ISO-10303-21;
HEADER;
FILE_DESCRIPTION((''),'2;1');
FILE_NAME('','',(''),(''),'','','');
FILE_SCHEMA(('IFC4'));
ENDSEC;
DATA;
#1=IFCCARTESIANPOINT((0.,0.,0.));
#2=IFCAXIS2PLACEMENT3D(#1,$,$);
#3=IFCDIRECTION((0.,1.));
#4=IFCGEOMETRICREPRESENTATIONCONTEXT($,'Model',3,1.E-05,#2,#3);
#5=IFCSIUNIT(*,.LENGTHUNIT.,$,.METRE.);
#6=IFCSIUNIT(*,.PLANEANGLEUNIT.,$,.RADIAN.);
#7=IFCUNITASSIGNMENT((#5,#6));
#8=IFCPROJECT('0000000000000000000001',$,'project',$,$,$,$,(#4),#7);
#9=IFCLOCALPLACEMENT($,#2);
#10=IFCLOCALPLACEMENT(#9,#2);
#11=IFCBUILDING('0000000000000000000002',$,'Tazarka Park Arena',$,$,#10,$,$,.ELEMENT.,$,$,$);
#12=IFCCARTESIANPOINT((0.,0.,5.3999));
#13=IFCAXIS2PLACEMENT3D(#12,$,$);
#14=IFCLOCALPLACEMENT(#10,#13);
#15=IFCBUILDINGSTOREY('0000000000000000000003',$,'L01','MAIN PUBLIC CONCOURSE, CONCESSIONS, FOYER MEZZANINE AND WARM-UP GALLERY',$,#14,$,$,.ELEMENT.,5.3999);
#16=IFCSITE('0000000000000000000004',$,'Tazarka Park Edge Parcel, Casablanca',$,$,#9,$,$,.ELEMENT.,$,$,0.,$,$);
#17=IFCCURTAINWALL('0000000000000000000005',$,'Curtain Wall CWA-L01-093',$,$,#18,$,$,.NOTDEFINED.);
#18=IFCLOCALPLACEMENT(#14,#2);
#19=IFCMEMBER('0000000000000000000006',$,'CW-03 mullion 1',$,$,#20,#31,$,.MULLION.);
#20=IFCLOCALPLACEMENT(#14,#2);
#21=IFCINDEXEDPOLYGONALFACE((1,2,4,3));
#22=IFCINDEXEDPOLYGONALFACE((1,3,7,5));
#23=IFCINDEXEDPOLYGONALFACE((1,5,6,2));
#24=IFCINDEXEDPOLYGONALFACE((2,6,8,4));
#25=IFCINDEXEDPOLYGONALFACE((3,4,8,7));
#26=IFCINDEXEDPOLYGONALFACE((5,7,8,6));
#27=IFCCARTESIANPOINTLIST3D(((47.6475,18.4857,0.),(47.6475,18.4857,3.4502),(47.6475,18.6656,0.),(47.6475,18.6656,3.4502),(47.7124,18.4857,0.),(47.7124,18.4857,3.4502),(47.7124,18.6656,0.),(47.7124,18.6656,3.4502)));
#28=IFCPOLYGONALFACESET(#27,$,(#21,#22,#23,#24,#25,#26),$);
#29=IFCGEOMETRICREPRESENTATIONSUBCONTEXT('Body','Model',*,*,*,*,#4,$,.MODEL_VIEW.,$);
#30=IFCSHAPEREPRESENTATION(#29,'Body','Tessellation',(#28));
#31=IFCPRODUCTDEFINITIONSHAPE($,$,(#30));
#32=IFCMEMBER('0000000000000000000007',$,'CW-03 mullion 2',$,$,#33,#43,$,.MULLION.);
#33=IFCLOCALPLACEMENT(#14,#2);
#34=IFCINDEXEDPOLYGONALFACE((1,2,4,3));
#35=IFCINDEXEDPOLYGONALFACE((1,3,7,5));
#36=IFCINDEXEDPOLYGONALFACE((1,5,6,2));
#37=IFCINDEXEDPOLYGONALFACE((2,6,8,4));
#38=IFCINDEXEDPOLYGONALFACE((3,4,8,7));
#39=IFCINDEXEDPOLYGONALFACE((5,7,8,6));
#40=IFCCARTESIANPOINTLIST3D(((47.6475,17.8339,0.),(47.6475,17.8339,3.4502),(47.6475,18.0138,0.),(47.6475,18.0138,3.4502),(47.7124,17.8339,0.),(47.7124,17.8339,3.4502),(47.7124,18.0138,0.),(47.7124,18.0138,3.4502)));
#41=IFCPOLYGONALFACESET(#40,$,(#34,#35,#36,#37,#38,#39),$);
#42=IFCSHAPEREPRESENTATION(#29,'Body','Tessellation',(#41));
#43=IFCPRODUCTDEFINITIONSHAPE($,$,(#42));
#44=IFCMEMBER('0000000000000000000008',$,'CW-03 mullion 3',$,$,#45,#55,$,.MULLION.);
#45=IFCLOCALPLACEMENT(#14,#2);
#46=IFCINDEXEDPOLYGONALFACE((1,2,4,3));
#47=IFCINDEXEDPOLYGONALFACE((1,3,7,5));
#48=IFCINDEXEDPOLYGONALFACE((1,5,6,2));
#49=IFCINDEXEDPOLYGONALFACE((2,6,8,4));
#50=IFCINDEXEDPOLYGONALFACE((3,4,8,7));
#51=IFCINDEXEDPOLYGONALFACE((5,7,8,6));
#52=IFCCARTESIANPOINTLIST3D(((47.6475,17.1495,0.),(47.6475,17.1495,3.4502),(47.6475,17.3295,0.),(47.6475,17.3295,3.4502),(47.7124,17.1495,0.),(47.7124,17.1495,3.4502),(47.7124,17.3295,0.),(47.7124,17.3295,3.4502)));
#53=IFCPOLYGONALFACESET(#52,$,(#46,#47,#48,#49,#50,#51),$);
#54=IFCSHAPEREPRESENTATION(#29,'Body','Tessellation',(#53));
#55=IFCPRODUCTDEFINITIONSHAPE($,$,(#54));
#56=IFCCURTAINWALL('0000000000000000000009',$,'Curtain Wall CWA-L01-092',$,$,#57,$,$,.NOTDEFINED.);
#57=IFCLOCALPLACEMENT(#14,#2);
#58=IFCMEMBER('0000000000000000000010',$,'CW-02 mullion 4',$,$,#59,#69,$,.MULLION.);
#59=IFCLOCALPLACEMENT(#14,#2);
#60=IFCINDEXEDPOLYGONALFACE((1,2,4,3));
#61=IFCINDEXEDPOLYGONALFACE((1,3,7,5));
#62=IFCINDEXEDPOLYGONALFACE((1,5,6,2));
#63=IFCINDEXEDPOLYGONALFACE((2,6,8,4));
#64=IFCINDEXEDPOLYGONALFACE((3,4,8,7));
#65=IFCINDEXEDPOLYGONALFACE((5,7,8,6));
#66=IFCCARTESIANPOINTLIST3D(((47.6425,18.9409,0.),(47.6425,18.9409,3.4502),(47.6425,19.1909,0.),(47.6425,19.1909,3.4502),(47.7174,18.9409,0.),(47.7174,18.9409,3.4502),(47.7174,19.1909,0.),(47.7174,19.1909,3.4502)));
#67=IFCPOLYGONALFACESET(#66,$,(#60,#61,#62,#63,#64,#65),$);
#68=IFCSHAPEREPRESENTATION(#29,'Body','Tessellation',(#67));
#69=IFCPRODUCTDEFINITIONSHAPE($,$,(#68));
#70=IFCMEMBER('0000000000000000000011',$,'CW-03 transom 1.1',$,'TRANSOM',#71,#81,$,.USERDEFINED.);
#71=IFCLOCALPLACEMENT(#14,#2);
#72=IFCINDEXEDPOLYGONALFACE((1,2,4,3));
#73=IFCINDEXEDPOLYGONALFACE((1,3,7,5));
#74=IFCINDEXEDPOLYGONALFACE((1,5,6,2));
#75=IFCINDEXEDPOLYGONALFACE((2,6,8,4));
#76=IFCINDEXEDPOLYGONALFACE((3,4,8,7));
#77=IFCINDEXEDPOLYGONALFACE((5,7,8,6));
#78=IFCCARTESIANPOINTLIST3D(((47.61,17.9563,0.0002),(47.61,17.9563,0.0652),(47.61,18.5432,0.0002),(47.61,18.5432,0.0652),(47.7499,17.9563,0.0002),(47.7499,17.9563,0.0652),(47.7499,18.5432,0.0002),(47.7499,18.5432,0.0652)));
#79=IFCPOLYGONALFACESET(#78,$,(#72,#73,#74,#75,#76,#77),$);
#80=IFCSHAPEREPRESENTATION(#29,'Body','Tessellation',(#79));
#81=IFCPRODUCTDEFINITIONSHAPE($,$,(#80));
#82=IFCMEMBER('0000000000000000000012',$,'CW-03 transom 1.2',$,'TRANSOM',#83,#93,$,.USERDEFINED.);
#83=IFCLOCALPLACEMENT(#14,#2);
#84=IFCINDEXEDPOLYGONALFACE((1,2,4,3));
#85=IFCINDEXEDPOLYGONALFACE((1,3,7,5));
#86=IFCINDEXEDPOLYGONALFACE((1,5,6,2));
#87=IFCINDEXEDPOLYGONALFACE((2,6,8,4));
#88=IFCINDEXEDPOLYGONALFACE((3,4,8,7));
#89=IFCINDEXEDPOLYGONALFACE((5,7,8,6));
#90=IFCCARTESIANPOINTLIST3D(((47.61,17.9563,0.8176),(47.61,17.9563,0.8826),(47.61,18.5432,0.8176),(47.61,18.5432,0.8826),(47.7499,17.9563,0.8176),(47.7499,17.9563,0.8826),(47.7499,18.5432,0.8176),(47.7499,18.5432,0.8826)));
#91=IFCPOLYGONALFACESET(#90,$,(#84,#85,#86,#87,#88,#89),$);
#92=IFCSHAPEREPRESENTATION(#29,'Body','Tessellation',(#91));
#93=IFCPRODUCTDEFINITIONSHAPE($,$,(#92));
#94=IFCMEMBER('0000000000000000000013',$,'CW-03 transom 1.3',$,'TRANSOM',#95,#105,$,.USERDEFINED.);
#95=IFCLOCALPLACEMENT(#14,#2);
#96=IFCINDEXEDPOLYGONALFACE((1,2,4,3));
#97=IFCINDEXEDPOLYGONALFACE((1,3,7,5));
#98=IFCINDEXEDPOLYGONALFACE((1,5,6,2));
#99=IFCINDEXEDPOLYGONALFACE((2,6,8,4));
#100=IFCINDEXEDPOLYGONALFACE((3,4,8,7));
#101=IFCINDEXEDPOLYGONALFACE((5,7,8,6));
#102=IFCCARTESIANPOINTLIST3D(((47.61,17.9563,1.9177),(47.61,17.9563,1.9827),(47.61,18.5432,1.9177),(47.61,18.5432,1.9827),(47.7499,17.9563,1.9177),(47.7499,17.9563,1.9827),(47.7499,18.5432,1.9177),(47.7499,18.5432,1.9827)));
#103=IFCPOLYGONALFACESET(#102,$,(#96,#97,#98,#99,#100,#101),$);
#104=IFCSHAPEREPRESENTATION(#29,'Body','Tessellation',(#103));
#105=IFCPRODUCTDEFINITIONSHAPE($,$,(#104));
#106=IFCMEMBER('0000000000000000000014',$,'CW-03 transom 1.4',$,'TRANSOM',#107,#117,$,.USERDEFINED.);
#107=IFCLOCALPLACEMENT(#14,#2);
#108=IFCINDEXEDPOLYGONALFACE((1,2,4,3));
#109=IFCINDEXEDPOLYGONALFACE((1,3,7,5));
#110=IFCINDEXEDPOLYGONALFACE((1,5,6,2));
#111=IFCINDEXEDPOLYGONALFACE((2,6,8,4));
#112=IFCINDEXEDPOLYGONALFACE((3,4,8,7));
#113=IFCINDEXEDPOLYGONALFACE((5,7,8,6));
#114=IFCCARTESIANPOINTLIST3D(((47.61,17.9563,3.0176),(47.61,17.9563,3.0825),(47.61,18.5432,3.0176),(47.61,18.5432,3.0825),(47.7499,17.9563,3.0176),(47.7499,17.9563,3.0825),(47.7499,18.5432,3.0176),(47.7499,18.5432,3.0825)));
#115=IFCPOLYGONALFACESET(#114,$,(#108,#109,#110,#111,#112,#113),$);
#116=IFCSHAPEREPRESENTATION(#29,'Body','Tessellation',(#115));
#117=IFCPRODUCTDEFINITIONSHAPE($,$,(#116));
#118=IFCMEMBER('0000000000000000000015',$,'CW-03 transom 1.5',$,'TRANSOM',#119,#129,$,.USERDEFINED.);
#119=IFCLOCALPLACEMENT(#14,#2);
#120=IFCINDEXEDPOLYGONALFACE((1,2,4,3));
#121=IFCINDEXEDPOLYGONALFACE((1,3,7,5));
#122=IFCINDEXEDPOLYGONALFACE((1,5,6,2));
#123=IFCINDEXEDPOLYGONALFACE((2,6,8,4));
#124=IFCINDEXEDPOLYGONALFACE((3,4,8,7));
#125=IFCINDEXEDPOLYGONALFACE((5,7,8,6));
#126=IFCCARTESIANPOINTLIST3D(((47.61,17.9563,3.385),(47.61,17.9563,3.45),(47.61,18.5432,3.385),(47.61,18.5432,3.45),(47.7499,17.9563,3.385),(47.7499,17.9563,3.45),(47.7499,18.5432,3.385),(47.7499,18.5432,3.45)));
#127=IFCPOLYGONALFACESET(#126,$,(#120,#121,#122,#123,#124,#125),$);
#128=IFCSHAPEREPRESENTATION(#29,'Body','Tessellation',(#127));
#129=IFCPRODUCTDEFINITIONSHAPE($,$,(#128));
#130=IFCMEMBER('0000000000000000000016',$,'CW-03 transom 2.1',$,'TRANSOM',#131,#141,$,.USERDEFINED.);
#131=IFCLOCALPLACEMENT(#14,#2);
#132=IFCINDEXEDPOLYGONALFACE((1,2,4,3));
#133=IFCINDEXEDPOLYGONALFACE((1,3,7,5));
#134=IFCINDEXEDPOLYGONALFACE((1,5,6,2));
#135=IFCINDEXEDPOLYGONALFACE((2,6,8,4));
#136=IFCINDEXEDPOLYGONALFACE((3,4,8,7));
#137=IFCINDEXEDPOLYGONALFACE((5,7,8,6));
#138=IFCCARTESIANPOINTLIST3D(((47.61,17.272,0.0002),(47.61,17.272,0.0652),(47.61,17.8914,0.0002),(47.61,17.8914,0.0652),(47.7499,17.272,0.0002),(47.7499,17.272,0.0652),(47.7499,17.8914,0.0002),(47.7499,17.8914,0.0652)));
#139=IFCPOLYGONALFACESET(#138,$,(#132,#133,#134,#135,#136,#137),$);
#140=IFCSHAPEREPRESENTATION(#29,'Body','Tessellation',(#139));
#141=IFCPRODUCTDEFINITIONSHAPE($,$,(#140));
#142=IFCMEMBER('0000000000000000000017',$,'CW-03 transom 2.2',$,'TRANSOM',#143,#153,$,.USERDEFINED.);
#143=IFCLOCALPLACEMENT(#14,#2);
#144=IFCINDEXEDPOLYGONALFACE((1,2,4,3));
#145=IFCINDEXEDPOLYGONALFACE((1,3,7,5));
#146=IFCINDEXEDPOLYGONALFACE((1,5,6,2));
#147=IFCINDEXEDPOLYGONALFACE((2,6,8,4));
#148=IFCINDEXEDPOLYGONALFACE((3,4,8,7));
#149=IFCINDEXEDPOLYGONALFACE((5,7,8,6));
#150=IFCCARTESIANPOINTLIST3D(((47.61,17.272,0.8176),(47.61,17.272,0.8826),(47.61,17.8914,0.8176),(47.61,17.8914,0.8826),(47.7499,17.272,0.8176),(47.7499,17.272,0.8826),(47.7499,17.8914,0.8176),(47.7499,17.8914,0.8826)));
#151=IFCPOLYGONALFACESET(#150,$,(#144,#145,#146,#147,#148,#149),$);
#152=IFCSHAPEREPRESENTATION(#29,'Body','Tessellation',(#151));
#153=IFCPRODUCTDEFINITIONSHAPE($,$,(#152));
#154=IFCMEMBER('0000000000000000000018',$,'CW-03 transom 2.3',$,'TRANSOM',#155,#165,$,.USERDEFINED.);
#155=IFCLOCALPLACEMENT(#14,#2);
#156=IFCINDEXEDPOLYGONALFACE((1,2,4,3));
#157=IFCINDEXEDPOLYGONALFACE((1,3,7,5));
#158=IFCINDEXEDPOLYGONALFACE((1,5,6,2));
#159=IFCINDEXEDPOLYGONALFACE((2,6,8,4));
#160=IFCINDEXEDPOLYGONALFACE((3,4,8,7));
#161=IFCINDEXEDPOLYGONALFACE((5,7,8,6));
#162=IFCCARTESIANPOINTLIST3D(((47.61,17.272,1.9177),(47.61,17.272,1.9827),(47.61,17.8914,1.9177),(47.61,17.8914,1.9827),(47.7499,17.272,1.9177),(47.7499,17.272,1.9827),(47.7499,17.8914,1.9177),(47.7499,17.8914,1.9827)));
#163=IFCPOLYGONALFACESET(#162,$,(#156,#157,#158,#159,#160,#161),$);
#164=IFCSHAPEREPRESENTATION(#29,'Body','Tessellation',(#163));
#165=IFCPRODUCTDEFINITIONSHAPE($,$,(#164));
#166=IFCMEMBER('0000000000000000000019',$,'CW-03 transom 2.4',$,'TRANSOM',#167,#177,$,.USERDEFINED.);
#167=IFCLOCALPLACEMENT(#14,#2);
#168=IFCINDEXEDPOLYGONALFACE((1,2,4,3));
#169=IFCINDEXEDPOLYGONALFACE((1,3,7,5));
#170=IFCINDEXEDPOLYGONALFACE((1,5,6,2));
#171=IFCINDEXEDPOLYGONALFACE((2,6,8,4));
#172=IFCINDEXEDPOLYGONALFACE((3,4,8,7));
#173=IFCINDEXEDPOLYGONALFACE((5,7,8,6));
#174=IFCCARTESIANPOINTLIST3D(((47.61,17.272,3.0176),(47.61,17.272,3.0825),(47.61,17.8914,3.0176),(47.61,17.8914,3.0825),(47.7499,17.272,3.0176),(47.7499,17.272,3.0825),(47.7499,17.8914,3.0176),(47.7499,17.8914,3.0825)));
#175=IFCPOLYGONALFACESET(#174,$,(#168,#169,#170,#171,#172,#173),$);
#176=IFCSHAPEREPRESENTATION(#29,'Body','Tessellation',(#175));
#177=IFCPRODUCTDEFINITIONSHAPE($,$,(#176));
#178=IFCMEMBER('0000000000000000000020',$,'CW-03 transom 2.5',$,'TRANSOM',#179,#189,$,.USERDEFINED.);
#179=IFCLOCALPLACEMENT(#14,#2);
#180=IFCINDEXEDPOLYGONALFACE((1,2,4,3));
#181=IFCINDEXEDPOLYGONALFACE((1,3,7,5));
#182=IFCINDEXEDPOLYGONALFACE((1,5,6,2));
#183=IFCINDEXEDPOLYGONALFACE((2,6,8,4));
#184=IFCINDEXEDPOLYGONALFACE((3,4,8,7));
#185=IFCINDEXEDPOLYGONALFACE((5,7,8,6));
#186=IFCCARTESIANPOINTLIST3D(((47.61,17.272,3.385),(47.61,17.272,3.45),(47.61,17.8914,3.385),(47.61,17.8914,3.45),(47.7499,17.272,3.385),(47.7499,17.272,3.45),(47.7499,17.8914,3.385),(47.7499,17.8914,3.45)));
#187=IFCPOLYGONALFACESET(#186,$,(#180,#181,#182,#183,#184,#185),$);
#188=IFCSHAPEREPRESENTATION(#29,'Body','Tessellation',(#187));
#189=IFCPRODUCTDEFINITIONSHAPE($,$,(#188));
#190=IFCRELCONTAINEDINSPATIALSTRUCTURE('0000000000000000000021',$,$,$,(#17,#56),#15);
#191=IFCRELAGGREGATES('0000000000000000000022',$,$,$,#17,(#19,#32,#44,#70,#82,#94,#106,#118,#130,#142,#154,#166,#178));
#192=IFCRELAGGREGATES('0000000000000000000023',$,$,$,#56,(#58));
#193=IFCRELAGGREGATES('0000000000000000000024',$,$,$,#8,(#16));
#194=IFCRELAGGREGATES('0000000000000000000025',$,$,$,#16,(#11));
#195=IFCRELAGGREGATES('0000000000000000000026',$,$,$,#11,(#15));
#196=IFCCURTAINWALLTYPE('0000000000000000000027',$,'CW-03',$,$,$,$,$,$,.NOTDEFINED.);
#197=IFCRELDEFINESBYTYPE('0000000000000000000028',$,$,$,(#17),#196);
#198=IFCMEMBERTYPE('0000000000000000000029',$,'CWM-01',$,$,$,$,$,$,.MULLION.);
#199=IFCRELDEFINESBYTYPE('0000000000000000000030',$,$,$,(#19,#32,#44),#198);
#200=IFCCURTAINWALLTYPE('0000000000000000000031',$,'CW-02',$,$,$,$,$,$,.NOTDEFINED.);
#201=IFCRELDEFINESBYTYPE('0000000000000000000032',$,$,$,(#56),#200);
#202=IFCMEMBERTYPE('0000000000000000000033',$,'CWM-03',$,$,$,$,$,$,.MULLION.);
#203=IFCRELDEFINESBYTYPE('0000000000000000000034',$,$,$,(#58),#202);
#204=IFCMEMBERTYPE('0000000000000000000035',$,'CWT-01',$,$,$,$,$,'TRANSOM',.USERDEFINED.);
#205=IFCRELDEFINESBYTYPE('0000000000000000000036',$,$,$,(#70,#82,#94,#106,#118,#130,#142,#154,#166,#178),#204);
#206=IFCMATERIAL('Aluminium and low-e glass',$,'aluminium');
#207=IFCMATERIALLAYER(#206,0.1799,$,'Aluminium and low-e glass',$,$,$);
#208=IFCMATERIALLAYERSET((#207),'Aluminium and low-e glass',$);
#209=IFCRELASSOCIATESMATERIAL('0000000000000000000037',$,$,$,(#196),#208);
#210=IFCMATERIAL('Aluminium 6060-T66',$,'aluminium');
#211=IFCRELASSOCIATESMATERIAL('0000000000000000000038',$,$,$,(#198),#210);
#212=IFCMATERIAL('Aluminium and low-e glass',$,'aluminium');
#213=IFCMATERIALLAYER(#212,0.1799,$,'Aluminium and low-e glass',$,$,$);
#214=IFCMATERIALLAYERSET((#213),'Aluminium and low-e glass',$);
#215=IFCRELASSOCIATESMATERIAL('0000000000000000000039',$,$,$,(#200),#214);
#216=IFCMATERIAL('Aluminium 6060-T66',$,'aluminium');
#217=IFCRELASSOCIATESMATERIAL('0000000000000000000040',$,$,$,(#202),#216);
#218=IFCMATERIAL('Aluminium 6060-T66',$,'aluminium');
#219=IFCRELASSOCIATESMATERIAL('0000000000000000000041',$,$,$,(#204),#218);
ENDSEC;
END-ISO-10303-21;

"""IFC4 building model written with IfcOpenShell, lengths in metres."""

from ifc_helpers import new_model, si_unit, direction, frame, origin, origin_2d, place, context, subcontext, project, spatial, rectangle, extrude, material, layer, layer_set, material_profile, profile_set, type_object, element, aggregate, save


model = new_model("IFC4")

# Units and contexts
model_context = context("Model", 3, precision=1e-05, world=origin(), true_north=direction((0.0, 1.0)))
body_context = subcontext(model_context, "Body", "Model", "MODEL_VIEW")
ifc_project = project(units=[si_unit("LENGTHUNIT", "METRE"), si_unit("PLANEANGLEUNIT", "RADIAN")], contexts=[model_context])

# Site, building, storey
site_placement = place(None, origin())
site = spatial("IfcSite", under=ifc_project, at=site_placement, Name="Tazarka Park Edge Parcel, Casablanca", CompositionType="ELEMENT", RefElevation=0.0)
building_placement = place(site_placement, origin())
building = spatial("IfcBuilding", under=site, at=building_placement, Name="Tazarka Park Arena", CompositionType="ELEMENT")
storey_placement = place(building_placement, frame((0.0, 0.0, 5.3999)))
storey = spatial("IfcBuildingStorey", under=building, at=storey_placement, Name="L01", Description="MAIN PUBLIC CONCOURSE, CONCESSIONS, FOYER MEZZANINE AND WARM-UP GALLERY", CompositionType="ELEMENT", Elevation=5.3999)

# Curtain wall, members
ifc_material_1 = material(Name="Aluminium and low-e glass", Category="aluminium")
ifc_layer_1 = layer(ifc_material_1, 0.1799, Name="Aluminium and low-e glass")
ifc_layer_set_1 = layer_set([ifc_layer_1], Name="Aluminium and low-e glass")
curtain_wall_type_1 = type_object("IfcCurtainWallType", Name="CW-03", PredefinedType="NOTDEFINED", material=ifc_layer_set_1)
curtain_wall_1_placement = place(storey_placement, origin())
curtain_wall_1 = element("IfcCurtainWall", 1, at=curtain_wall_1_placement, inside=storey, type_object=curtain_wall_type_1, Name="Curtain Wall CWA-L01-093", PredefinedType="NOTDEFINED")
ifc_material_2 = material(Name="Aluminium 6060-T66", Category="aluminium")
ifc_material_profile_1 = material_profile(ifc_material_2, rectangle(XDim=0.0649, YDim=0.1799, at=origin_2d()), Name="Aluminium 6060-T66")
ifc_profile_set_1 = profile_set([ifc_material_profile_1], Name="Aluminium 6060-T66")
member_type_1 = type_object("IfcMemberType", Name="CWM-01", PredefinedType="MULLION", material=ifc_profile_set_1)
member_1_placement = place(storey_placement, frame((47.6799, 18.5757, 0.0), z_axis=(0.0, 0.0, 1.0), x_axis=(1.0, 0.0, 0.0)))
member_1 = element("IfcMember", 2, at=member_1_placement, type_object=member_type_1, Name="CW-03 mullion 1", PredefinedType="MULLION", context=body_context, shape_type="SweptSolid", body=[
    extrude(rectangle(XDim=0.0649, YDim=0.1799, at=origin_2d()), origin(), (0.0, 0.0, 1.0), 3.4502),
])
member_2_placement = place(storey_placement, frame((47.6799, 17.9238, 0.0), z_axis=(0.0, 0.0, 1.0), x_axis=(1.0, 0.0, 0.0)))
member_2 = element("IfcMember", 3, at=member_2_placement, type_object=member_type_1, Name="CW-03 mullion 2", PredefinedType="MULLION", context=body_context, shape_type="SweptSolid", body=[
    extrude(rectangle(XDim=0.0649, YDim=0.1799, at=origin_2d()), origin(), (0.0, 0.0, 1.0), 3.4502),
])
member_3_placement = place(storey_placement, frame((47.6799, 17.2395, 0.0), z_axis=(0.0, 0.0, 1.0), x_axis=(1.0, 0.0, 0.0)))
member_3 = element("IfcMember", 4, at=member_3_placement, type_object=member_type_1, Name="CW-03 mullion 3", PredefinedType="MULLION", context=body_context, shape_type="SweptSolid", body=[
    extrude(rectangle(XDim=0.0649, YDim=0.1799, at=origin_2d()), origin(), (0.0, 0.0, 1.0), 3.4502),
])

# Curtain wall, member
ifc_material_3 = material(Name="Aluminium and low-e glass", Category="aluminium")
ifc_layer_2 = layer(ifc_material_3, 0.1799, Name="Aluminium and low-e glass")
ifc_layer_set_2 = layer_set([ifc_layer_2], Name="Aluminium and low-e glass")
curtain_wall_type_2 = type_object("IfcCurtainWallType", Name="CW-02", PredefinedType="NOTDEFINED", material=ifc_layer_set_2)
curtain_wall_2_placement = place(storey_placement, origin())
curtain_wall_2 = element("IfcCurtainWall", 5, at=curtain_wall_2_placement, inside=storey, type_object=curtain_wall_type_2, Name="Curtain Wall CWA-L01-092", PredefinedType="NOTDEFINED")
ifc_material_4 = material(Name="Aluminium 6060-T66", Category="aluminium")
ifc_material_profile_2 = material_profile(ifc_material_4, rectangle(XDim=0.075, YDim=0.25, at=origin_2d()), Name="Aluminium 6060-T66")
ifc_profile_set_2 = profile_set([ifc_material_profile_2], Name="Aluminium 6060-T66")
member_type_2 = type_object("IfcMemberType", Name="CWM-03", PredefinedType="MULLION", material=ifc_profile_set_2)
member_4_placement = place(storey_placement, frame((47.6799, 19.0659, 0.0), z_axis=(0.0, 0.0, 1.0), x_axis=(1.0, 0.0, 0.0)))
member_4 = element("IfcMember", 6, at=member_4_placement, type_object=member_type_2, Name="CW-02 mullion 4", PredefinedType="MULLION", context=body_context, shape_type="SweptSolid", body=[
    extrude(rectangle(XDim=0.075, YDim=0.25, at=origin_2d()), origin(), (0.0, 0.0, 1.0), 3.4502),
])

# Members
ifc_material_5 = material(Name="Aluminium 6060-T66", Category="aluminium")
ifc_material_profile_3 = material_profile(ifc_material_5, rectangle(XDim=0.1399, YDim=0.0649, at=origin_2d()), Name="Aluminium 6060-T66")
ifc_profile_set_3 = profile_set([ifc_material_profile_3], Name="Aluminium 6060-T66")
member_type_3 = type_object("IfcMemberType", Name="CWT-01", ElementType="TRANSOM", PredefinedType="USERDEFINED", material=ifc_profile_set_3)
member_5_placement = place(storey_placement, frame((47.6799, 18.5432, 0.0327), z_axis=(0.0, -1.0, 0.0), x_axis=(1.0, 0.0, 0.0)))
member_5 = element("IfcMember", 7, at=member_5_placement, type_object=member_type_3, Name="CW-03 transom 1.1", ObjectType="TRANSOM", PredefinedType="USERDEFINED", context=body_context, shape_type="SweptSolid", body=[
    extrude(rectangle(XDim=0.1399, YDim=0.0649, at=origin_2d()), origin(), (0.0, 0.0, 1.0), 0.5869),
])
member_6_placement = place(storey_placement, frame((47.6799, 18.5432, 0.8501), z_axis=(0.0, -1.0, 0.0), x_axis=(1.0, 0.0, 0.0)))
member_6 = element("IfcMember", 8, at=member_6_placement, type_object=member_type_3, Name="CW-03 transom 1.2", ObjectType="TRANSOM", PredefinedType="USERDEFINED", context=body_context, shape_type="SweptSolid", body=[
    extrude(rectangle(XDim=0.1399, YDim=0.0649, at=origin_2d()), origin(), (0.0, 0.0, 1.0), 0.5869),
])
member_7_placement = place(storey_placement, frame((47.6799, 18.5432, 1.9502), z_axis=(0.0, -1.0, 0.0), x_axis=(1.0, 0.0, 0.0)))
member_7 = element("IfcMember", 9, at=member_7_placement, type_object=member_type_3, Name="CW-03 transom 1.3", ObjectType="TRANSOM", PredefinedType="USERDEFINED", context=body_context, shape_type="SweptSolid", body=[
    extrude(rectangle(XDim=0.1399, YDim=0.0649, at=origin_2d()), origin(), (0.0, 0.0, 1.0), 0.5869),
])
member_8_placement = place(storey_placement, frame((47.6799, 18.5432, 3.05), z_axis=(0.0, -1.0, 0.0), x_axis=(1.0, 0.0, 0.0)))
member_8 = element("IfcMember", 10, at=member_8_placement, type_object=member_type_3, Name="CW-03 transom 1.4", ObjectType="TRANSOM", PredefinedType="USERDEFINED", context=body_context, shape_type="SweptSolid", body=[
    extrude(rectangle(XDim=0.1399, YDim=0.0649, at=origin_2d()), origin(), (0.0, 0.0, 1.0), 0.5869),
])
member_9_placement = place(storey_placement, frame((47.6799, 18.5432, 3.4175), z_axis=(0.0, -1.0, 0.0), x_axis=(1.0, 0.0, 0.0)))
member_9 = element("IfcMember", 11, at=member_9_placement, type_object=member_type_3, Name="CW-03 transom 1.5", ObjectType="TRANSOM", PredefinedType="USERDEFINED", context=body_context, shape_type="SweptSolid", body=[
    extrude(rectangle(XDim=0.1399, YDim=0.0649, at=origin_2d()), origin(), (0.0, 0.0, 1.0), 0.5869),
])
member_10_placement = place(storey_placement, frame((47.6799, 17.8914, 0.0327), z_axis=(0.0, -1.0, 0.0), x_axis=(1.0, 0.0, 0.0)))
member_10 = element("IfcMember", 12, at=member_10_placement, type_object=member_type_3, Name="CW-03 transom 2.1", ObjectType="TRANSOM", PredefinedType="USERDEFINED", context=body_context, shape_type="SweptSolid", body=[
    extrude(rectangle(XDim=0.1399, YDim=0.0649, at=origin_2d()), origin(), (0.0, 0.0, 1.0), 0.6194),
])
member_11_placement = place(storey_placement, frame((47.6799, 17.8914, 0.8501), z_axis=(0.0, -1.0, 0.0), x_axis=(1.0, 0.0, 0.0)))
member_11 = element("IfcMember", 13, at=member_11_placement, type_object=member_type_3, Name="CW-03 transom 2.2", ObjectType="TRANSOM", PredefinedType="USERDEFINED", context=body_context, shape_type="SweptSolid", body=[
    extrude(rectangle(XDim=0.1399, YDim=0.0649, at=origin_2d()), origin(), (0.0, 0.0, 1.0), 0.6194),
])
member_12_placement = place(storey_placement, frame((47.6799, 17.8914, 1.9502), z_axis=(0.0, -1.0, 0.0), x_axis=(1.0, 0.0, 0.0)))
member_12 = element("IfcMember", 14, at=member_12_placement, type_object=member_type_3, Name="CW-03 transom 2.3", ObjectType="TRANSOM", PredefinedType="USERDEFINED", context=body_context, shape_type="SweptSolid", body=[
    extrude(rectangle(XDim=0.1399, YDim=0.0649, at=origin_2d()), origin(), (0.0, 0.0, 1.0), 0.6194),
])
member_13_placement = place(storey_placement, frame((47.6799, 17.8914, 3.05), z_axis=(0.0, -1.0, 0.0), x_axis=(1.0, 0.0, 0.0)))
member_13 = element("IfcMember", 15, at=member_13_placement, type_object=member_type_3, Name="CW-03 transom 2.4", ObjectType="TRANSOM", PredefinedType="USERDEFINED", context=body_context, shape_type="SweptSolid", body=[
    extrude(rectangle(XDim=0.1399, YDim=0.0649, at=origin_2d()), origin(), (0.0, 0.0, 1.0), 0.6194),
])
member_14_placement = place(storey_placement, frame((47.6799, 17.8914, 3.4175), z_axis=(0.0, -1.0, 0.0), x_axis=(1.0, 0.0, 0.0)))
member_14 = element("IfcMember", 16, at=member_14_placement, type_object=member_type_3, Name="CW-03 transom 2.5", ObjectType="TRANSOM", PredefinedType="USERDEFINED", context=body_context, shape_type="SweptSolid", body=[
    extrude(rectangle(XDim=0.1399, YDim=0.0649, at=origin_2d()), origin(), (0.0, 0.0, 1.0), 0.6194),
])

aggregate(curtain_wall_1, [member_1, member_2, member_3, member_5, member_6, member_7, member_8, member_9, member_10, member_11, member_12, member_13, member_14])
aggregate(curtain_wall_2, [member_4])

save(model, "model.ifc")
